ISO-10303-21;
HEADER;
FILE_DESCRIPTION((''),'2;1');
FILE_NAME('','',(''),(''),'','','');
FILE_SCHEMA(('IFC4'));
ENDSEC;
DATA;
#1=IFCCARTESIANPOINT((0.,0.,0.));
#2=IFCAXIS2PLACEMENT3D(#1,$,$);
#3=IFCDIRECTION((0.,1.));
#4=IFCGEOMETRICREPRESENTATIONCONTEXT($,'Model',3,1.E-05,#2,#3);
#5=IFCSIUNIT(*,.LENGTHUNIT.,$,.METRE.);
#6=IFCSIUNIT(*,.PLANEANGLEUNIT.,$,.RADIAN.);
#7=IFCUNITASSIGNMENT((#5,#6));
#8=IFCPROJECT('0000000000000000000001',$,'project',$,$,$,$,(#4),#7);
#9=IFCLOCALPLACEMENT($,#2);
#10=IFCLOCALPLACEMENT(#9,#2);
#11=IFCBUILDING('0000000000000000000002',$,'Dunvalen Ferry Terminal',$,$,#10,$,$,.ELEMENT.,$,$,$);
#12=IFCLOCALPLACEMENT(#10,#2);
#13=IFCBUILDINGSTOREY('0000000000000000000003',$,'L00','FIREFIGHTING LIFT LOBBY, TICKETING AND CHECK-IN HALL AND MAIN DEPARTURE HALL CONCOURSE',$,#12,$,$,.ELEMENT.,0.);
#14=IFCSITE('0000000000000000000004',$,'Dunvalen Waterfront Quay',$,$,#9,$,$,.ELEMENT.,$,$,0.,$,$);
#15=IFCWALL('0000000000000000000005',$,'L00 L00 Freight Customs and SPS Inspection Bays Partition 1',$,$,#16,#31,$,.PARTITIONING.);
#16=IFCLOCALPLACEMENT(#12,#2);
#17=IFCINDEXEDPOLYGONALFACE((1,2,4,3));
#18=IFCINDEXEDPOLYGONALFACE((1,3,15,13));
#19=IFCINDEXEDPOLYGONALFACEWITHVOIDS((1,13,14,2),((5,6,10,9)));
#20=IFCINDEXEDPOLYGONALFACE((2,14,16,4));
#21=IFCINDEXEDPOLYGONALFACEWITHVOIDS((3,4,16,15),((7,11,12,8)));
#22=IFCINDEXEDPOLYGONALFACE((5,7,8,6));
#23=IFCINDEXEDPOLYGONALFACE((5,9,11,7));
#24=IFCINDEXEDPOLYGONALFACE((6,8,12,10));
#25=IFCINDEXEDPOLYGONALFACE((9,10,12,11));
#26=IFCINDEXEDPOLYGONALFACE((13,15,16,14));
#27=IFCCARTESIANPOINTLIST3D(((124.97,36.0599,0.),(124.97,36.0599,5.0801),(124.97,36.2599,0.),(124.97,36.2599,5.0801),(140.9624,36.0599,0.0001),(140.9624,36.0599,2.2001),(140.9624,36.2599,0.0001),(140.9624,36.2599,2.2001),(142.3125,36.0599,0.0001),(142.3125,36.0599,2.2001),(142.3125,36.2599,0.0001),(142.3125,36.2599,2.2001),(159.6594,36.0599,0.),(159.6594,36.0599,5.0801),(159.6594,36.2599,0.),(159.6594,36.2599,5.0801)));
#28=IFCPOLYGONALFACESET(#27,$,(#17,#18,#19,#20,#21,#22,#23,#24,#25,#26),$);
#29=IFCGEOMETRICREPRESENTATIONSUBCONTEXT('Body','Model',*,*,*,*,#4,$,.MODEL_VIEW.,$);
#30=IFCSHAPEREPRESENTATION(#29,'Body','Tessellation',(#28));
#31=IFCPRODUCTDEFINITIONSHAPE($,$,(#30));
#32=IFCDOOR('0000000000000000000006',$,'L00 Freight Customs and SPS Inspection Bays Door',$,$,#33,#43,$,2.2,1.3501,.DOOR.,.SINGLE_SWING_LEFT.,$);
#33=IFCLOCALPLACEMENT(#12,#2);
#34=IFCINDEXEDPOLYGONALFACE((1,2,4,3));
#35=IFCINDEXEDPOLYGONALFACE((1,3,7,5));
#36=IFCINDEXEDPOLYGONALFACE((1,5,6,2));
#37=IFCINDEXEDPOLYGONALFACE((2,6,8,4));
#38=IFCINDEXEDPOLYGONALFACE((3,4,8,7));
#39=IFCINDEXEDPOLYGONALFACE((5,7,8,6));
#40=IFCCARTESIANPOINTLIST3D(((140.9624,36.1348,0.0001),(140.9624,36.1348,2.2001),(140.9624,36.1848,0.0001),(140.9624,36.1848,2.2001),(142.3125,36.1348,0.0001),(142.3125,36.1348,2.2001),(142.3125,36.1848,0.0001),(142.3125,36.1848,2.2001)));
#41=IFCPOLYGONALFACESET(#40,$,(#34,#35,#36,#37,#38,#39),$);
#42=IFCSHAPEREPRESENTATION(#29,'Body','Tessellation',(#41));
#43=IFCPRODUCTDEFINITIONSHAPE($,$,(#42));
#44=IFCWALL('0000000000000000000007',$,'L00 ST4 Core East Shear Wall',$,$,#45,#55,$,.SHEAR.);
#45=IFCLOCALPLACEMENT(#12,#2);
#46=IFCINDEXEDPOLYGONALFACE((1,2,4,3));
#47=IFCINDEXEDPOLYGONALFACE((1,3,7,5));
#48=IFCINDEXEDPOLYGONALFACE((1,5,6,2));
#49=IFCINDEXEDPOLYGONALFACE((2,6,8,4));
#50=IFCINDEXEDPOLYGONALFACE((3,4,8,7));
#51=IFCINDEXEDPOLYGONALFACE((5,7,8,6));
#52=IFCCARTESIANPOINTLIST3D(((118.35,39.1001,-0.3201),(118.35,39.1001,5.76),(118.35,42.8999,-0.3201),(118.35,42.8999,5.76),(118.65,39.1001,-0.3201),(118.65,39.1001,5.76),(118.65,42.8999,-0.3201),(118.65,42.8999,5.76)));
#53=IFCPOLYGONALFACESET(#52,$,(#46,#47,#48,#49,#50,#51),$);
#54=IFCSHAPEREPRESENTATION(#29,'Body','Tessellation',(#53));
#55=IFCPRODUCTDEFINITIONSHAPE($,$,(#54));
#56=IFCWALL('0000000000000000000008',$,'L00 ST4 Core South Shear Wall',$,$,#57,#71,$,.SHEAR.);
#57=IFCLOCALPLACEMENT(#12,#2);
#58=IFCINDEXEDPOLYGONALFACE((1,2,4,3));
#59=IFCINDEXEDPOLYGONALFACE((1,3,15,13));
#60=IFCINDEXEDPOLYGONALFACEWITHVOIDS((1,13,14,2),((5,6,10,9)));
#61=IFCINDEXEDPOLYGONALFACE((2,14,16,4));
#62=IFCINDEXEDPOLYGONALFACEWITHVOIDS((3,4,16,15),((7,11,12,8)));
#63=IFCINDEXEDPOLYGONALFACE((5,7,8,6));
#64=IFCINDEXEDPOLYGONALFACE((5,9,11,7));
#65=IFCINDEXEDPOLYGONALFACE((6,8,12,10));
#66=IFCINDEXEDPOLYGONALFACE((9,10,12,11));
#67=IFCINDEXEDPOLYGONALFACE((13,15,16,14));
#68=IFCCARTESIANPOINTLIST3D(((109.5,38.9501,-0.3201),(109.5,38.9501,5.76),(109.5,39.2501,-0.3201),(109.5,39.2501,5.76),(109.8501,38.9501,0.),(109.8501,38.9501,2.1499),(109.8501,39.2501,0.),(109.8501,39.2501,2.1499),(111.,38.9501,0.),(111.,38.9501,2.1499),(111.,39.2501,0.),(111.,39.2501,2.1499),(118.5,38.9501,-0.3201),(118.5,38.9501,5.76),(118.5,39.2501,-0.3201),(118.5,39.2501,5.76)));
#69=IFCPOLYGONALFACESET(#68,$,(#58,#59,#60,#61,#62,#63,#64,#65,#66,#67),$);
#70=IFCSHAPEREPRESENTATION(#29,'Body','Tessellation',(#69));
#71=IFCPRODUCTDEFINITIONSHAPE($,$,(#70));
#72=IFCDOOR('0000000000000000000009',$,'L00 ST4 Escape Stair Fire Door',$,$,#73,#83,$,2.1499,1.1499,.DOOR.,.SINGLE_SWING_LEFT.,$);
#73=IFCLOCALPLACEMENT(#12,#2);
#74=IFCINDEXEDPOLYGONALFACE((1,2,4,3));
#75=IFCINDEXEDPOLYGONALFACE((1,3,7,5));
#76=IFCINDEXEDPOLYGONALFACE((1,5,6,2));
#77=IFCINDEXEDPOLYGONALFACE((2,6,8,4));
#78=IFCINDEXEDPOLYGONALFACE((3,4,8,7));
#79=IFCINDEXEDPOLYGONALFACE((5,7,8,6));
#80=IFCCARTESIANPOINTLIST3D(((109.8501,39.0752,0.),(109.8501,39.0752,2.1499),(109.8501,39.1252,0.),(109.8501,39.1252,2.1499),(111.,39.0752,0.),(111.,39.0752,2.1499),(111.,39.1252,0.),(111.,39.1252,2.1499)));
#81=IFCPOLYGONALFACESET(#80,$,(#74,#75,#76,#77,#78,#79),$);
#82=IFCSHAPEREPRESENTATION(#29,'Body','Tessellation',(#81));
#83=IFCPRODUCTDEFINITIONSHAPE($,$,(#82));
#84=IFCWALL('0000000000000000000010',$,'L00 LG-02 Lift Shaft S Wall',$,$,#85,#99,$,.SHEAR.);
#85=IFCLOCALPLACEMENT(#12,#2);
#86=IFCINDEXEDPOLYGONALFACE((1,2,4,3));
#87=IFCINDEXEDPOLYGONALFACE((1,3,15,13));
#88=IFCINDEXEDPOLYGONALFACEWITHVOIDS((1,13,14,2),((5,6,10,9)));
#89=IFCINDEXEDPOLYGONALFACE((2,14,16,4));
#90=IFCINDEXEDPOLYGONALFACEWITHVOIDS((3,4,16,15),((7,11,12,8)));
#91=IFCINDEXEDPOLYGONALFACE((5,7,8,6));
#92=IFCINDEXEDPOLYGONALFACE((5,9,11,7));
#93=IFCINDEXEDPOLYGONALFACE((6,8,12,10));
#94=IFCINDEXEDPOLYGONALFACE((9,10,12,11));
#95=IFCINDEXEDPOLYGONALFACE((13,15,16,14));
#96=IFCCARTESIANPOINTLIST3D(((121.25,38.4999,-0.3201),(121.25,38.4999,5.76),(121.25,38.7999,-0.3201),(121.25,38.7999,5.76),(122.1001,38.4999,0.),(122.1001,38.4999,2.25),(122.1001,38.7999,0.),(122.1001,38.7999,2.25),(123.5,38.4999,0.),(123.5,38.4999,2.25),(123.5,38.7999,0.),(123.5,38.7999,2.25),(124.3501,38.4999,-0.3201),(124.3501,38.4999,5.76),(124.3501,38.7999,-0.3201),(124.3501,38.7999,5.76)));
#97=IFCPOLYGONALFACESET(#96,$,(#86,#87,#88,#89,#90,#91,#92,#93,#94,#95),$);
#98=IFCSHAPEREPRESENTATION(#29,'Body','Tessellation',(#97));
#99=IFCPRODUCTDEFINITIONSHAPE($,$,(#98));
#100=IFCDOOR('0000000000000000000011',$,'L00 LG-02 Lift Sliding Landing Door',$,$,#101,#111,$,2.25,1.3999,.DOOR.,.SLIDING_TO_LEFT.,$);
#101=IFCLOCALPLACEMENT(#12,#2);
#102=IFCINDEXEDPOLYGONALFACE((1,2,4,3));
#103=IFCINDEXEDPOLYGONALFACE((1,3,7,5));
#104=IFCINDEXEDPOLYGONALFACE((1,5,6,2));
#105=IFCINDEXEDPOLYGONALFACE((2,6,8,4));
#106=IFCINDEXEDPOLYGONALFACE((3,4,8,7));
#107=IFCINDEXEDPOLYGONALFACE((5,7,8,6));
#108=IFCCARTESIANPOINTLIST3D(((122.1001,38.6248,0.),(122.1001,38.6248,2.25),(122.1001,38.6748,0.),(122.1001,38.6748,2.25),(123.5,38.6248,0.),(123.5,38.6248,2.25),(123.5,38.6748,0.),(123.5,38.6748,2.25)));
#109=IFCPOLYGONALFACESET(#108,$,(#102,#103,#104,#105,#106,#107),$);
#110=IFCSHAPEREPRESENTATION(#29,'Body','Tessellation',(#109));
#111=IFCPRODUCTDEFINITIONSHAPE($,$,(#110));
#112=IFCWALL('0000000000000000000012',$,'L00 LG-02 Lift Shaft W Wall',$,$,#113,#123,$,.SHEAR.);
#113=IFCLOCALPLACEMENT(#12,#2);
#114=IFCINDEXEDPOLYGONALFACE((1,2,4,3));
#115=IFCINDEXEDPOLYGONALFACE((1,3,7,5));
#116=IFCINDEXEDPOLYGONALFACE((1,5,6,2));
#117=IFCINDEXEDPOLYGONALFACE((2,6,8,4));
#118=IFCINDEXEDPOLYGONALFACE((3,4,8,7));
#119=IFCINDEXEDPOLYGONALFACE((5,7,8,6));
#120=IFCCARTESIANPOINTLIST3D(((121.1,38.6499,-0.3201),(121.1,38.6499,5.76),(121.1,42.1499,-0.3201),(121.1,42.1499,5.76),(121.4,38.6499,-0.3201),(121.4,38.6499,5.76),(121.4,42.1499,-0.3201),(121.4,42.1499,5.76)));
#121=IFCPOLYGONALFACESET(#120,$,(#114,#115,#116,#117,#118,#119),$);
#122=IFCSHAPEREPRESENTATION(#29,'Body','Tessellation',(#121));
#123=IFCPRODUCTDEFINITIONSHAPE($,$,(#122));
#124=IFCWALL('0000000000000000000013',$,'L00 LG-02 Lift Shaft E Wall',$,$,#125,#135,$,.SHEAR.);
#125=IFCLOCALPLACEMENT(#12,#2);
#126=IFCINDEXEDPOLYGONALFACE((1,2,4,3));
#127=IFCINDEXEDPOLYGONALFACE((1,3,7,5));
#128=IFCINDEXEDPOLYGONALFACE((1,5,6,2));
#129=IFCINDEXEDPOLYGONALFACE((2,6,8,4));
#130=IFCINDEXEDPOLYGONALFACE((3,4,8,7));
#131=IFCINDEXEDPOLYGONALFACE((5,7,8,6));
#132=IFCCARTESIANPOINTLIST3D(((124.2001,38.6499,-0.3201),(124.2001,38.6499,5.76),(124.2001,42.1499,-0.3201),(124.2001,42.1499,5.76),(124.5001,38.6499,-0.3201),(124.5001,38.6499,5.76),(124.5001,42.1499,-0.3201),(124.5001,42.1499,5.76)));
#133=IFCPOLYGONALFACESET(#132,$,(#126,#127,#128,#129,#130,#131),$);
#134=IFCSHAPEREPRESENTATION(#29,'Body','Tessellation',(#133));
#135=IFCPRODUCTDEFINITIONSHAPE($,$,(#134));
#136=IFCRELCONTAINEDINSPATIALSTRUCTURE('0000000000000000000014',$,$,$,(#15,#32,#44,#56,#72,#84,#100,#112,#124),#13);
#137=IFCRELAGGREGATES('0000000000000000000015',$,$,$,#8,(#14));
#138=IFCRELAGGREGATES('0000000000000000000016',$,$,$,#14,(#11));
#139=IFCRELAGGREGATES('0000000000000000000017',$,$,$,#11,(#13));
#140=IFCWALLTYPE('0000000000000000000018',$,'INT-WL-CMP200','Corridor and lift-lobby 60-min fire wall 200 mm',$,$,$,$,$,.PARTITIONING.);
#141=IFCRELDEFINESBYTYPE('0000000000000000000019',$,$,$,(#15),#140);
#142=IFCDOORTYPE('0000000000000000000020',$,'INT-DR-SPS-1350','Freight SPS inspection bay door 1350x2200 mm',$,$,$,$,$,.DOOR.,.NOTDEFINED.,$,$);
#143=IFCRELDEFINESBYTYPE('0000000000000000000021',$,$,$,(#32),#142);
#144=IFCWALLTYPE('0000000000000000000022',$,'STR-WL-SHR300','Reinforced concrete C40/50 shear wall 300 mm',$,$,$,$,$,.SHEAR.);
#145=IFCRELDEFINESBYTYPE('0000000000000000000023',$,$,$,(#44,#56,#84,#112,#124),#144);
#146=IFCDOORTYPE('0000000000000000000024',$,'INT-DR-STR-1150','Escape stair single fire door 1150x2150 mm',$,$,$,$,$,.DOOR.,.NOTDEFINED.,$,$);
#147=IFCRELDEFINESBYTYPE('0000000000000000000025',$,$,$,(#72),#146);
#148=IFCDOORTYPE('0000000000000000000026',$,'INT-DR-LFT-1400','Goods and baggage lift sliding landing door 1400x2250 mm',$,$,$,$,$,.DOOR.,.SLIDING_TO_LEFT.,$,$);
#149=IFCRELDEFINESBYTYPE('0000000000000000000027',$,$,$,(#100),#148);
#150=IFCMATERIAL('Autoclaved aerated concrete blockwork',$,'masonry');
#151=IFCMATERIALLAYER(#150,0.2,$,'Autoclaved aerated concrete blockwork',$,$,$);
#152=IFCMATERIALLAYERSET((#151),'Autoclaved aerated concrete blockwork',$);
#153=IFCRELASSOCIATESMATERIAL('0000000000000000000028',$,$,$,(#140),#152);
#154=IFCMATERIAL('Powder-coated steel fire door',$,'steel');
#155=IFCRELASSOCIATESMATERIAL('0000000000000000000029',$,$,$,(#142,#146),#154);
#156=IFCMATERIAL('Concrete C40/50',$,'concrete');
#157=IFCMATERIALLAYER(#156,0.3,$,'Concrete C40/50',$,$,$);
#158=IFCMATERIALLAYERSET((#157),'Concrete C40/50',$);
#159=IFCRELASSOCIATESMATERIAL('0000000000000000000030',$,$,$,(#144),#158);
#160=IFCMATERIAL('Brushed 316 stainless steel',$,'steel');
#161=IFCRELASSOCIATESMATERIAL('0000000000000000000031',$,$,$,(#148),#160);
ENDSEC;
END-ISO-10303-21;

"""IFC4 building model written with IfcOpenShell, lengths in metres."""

from ifc_helpers import new_model, si_unit, direction, frame, frame_2d, origin, place, context, subcontext, project, spatial, rectangle, extrude, material, layer, layer_set, type_object, element, fill, save


model = new_model("IFC4")

# Units and contexts
model_context = context("Model", 3, precision=1e-05, world=origin(), true_north=direction((0.0, 1.0)))
body_context = subcontext(model_context, "Body", "Model", "MODEL_VIEW")
ifc_project = project(units=[si_unit("LENGTHUNIT", "METRE"), si_unit("PLANEANGLEUNIT", "RADIAN")], contexts=[model_context])

# Site, building, storey
site_placement = place(None, origin())
site = spatial("IfcSite", under=ifc_project, at=site_placement, Name="Dunvalen Waterfront Quay", CompositionType="ELEMENT", RefElevation=0.0)
building_placement = place(site_placement, origin())
building = spatial("IfcBuilding", under=site, at=building_placement, Name="Dunvalen Ferry Terminal", CompositionType="ELEMENT")
storey_placement = place(building_placement, origin())
storey = spatial("IfcBuildingStorey", under=building, at=storey_placement, Name="L00", Description="FIREFIGHTING LIFT LOBBY, TICKETING AND CHECK-IN HALL AND MAIN DEPARTURE HALL CONCOURSE", CompositionType="ELEMENT", Elevation=0.0)

# Shared definitions
ifc_material_1 = material(Name="Concrete C40/50", Category="concrete")

# Shared definitions
ifc_material_2 = material(Name="Autoclaved aerated concrete blockwork", Category="masonry")
ifc_layer_1 = layer(ifc_material_2, 0.2, Name="Autoclaved aerated concrete blockwork")
ifc_layer_set_1 = layer_set([ifc_layer_1], Name="Autoclaved aerated concrete blockwork")
wall_type_1 = type_object("IfcWallType", Name="INT-WL-CMP200", Description="Corridor and lift-lobby 60-min fire wall 200 mm", PredefinedType="PARTITIONING", material=ifc_layer_set_1)

# Wall, opening, door
wall_1_placement = place(storey_placement, frame((124.97, 36.1599, 0.0), z_axis=(0.0, 0.0, 1.0), x_axis=(1.0, 0.0, 0.0)))
wall_1 = element("IfcWall", 1, at=wall_1_placement, inside=storey, type_object=wall_type_1, Name="L00 L00 Freight Customs and SPS Inspection Bays Partition 1", PredefinedType="PARTITIONING", context=body_context, shape_type="SweptSolid", body=[
    extrude(rectangle(XDim=34.6895, YDim=0.2, at=frame_2d((17.3447, 0.0))), origin(), (0.0, 0.0, 1.0), 5.0801),
])
opening_1_placement = place(wall_1_placement, frame((15.9924, 0.0, 0.0)))
opening_1 = element("IfcOpeningElement", 2, at=opening_1_placement, cuts=wall_1, PredefinedType="OPENING", context=body_context, shape_type="SweptSolid", body=[
    extrude(rectangle(XDim=1.3501, YDim=2.2, at=frame_2d((0.675, 1.1001))), frame((0.0, 0.1099, 0.0), z_axis=(0.0, -1.0, 0.0), x_axis=(1.0, 0.0, 0.0)), (0.0, 0.0, 1.0), 0.22),
])
ifc_material_3 = material(Name="Powder-coated steel fire door", Category="steel")
door_type_1 = type_object("IfcDoorType", Name="INT-DR-SPS-1350", Description="Freight SPS inspection bay door 1350x2200 mm", OperationType="NOTDEFINED", PredefinedType="DOOR", material=ifc_material_3)
door_1_placement = place(opening_1_placement, origin())
door_1 = element("IfcDoor", 3, at=door_1_placement, inside=storey, type_object=door_type_1, Name="L00 Freight Customs and SPS Inspection Bays Door", OperationType="SINGLE_SWING_LEFT", OverallHeight=2.2, OverallWidth=1.3501, PredefinedType="DOOR", context=body_context, shape_type="SweptSolid", body=[
    extrude(rectangle(XDim=1.3501, YDim=2.2, at=frame_2d((0.675, 1.1001))), frame((0.0, 0.0249, 0.0), z_axis=(0.0, -1.0, 0.0), x_axis=(1.0, 0.0, 0.0)), (0.0, 0.0, 1.0), 0.05),
])
fill(opening_1, door_1)

# Wall
ifc_layer_2 = layer(ifc_material_1, 0.3, Name="Concrete C40/50")
ifc_layer_set_2 = layer_set([ifc_layer_2], Name="Concrete C40/50")
wall_type_2 = type_object("IfcWallType", Name="STR-WL-SHR300", Description="Reinforced concrete C40/50 shear wall 300 mm", PredefinedType="SHEAR", material=ifc_layer_set_2)
wall_2_placement = place(storey_placement, frame((118.5, 39.1001, -0.3201), z_axis=(0.0, 0.0, 1.0), x_axis=(0.0, 1.0, 0.0)))
element("IfcWall", 4, at=wall_2_placement, inside=storey, type_object=wall_type_2, Name="L00 ST4 Core East Shear Wall", PredefinedType="SHEAR", context=body_context, shape_type="SweptSolid", body=[
    extrude(rectangle(XDim=3.7998, YDim=0.3, at=frame_2d((1.8999, 0.0))), origin(), (0.0, 0.0, 1.0), 6.0801),
])

# Walls, openings, doors
wall_3_placement = place(storey_placement, frame((109.5, 39.1001, -0.3201), z_axis=(0.0, 0.0, 1.0), x_axis=(1.0, 0.0, 0.0)))
wall_3 = element("IfcWall", 5, at=wall_3_placement, inside=storey, type_object=wall_type_2, Name="L00 ST4 Core South Shear Wall", PredefinedType="SHEAR", context=body_context, shape_type="SweptSolid", body=[
    extrude(rectangle(XDim=9.0, YDim=0.3, at=frame_2d((4.5, 0.0))), origin(), (0.0, 0.0, 1.0), 6.0801),
])
opening_2_placement = place(wall_3_placement, frame((0.3501, 0.0, 0.3201)))
opening_2 = element("IfcOpeningElement", 6, at=opening_2_placement, cuts=wall_3, PredefinedType="OPENING", context=body_context, shape_type="SweptSolid", body=[
    extrude(rectangle(XDim=1.1499, YDim=2.1499, at=frame_2d((0.575, 1.075))), frame((0.0, 0.1602, 0.0), z_axis=(0.0, -1.0, 0.0), x_axis=(1.0, 0.0, 0.0)), (0.0, 0.0, 1.0), 0.3201),
])
door_type_2 = type_object("IfcDoorType", Name="INT-DR-STR-1150", Description="Escape stair single fire door 1150x2150 mm", OperationType="NOTDEFINED", PredefinedType="DOOR", material=ifc_material_3)
door_2_placement = place(opening_2_placement, frame((1.1499, 0.0, 0.0), z_axis=(0.0, 0.0, 1.0), x_axis=(-1.0, 0.0, 0.0)))
door_2 = element("IfcDoor", 7, at=door_2_placement, inside=storey, type_object=door_type_2, Name="L00 ST4 Escape Stair Fire Door", OperationType="SINGLE_SWING_LEFT", OverallHeight=2.1499, OverallWidth=1.1499, PredefinedType="DOOR", context=body_context, shape_type="SweptSolid", body=[
    extrude(rectangle(XDim=1.1499, YDim=2.1499, at=frame_2d((0.575, 1.075))), frame((0.0, 0.0249, 0.0), z_axis=(0.0, -1.0, 0.0), x_axis=(1.0, 0.0, 0.0)), (0.0, 0.0, 1.0), 0.05),
])
fill(opening_2, door_2)
wall_4_placement = place(storey_placement, frame((121.25, 38.6499, -0.3201), z_axis=(0.0, 0.0, 1.0), x_axis=(1.0, 0.0, 0.0)))
wall_4 = element("IfcWall", 8, at=wall_4_placement, inside=storey, type_object=wall_type_2, Name="L00 LG-02 Lift Shaft S Wall", PredefinedType="SHEAR", context=body_context, shape_type="SweptSolid", body=[
    extrude(rectangle(XDim=3.1001, YDim=0.3, at=frame_2d((1.55, 0.0))), origin(), (0.0, 0.0, 1.0), 6.0801),
])
opening_3_placement = place(wall_4_placement, frame((0.8501, 0.0, 0.3201)))
opening_3 = element("IfcOpeningElement", 9, at=opening_3_placement, cuts=wall_4, PredefinedType="OPENING", context=body_context, shape_type="SweptSolid", body=[
    extrude(rectangle(XDim=1.3999, YDim=2.25, at=frame_2d((0.7, 1.125))), frame((0.0, 0.1602, 0.0), z_axis=(0.0, -1.0, 0.0), x_axis=(1.0, 0.0, 0.0)), (0.0, 0.0, 1.0), 0.3201),
])
ifc_material_4 = material(Name="Brushed 316 stainless steel", Category="steel")
door_type_3 = type_object("IfcDoorType", Name="INT-DR-LFT-1400", Description="Goods and baggage lift sliding landing door 1400x2250 mm", OperationType="SLIDING_TO_LEFT", PredefinedType="DOOR", material=ifc_material_4)
door_3_placement = place(opening_3_placement, origin())
door_3 = element("IfcDoor", 10, at=door_3_placement, inside=storey, type_object=door_type_3, Name="L00 LG-02 Lift Sliding Landing Door", OperationType="SLIDING_TO_LEFT", OverallHeight=2.25, OverallWidth=1.3999, PredefinedType="DOOR", context=body_context, shape_type="SweptSolid", body=[
    extrude(rectangle(XDim=1.3999, YDim=2.25, at=frame_2d((0.7, 1.125))), frame((0.0, 0.0249, 0.0), z_axis=(0.0, -1.0, 0.0), x_axis=(1.0, 0.0, 0.0)), (0.0, 0.0, 1.0), 0.05),
])
fill(opening_3, door_3)

# Walls
for number, where, z_axis, x_axis, name in (
    (11, (121.25, 38.6499, -0.3201), (0.0, 0.0, 1.0), (0.0, 1.0, 0.0), "L00 LG-02 Lift Shaft W Wall"),
    (12, (124.3501, 38.6499, -0.3201), (0.0, 0.0, 1.0), (0.0, 1.0, 0.0), "L00 LG-02 Lift Shaft E Wall"),
):
    element("IfcWall", number, at=place(storey_placement, frame(where, z_axis=z_axis, x_axis=x_axis)), inside=storey, type_object=wall_type_2, Name=name, PredefinedType="SHEAR", context=body_context, shape_type="SweptSolid", body=[
        extrude(rectangle(XDim=3.5, YDim=0.3, at=frame_2d((1.75, 0.0))), origin(), (0.0, 0.0, 1.0), 6.0801),
    ])

save(model, "model.ifc")
